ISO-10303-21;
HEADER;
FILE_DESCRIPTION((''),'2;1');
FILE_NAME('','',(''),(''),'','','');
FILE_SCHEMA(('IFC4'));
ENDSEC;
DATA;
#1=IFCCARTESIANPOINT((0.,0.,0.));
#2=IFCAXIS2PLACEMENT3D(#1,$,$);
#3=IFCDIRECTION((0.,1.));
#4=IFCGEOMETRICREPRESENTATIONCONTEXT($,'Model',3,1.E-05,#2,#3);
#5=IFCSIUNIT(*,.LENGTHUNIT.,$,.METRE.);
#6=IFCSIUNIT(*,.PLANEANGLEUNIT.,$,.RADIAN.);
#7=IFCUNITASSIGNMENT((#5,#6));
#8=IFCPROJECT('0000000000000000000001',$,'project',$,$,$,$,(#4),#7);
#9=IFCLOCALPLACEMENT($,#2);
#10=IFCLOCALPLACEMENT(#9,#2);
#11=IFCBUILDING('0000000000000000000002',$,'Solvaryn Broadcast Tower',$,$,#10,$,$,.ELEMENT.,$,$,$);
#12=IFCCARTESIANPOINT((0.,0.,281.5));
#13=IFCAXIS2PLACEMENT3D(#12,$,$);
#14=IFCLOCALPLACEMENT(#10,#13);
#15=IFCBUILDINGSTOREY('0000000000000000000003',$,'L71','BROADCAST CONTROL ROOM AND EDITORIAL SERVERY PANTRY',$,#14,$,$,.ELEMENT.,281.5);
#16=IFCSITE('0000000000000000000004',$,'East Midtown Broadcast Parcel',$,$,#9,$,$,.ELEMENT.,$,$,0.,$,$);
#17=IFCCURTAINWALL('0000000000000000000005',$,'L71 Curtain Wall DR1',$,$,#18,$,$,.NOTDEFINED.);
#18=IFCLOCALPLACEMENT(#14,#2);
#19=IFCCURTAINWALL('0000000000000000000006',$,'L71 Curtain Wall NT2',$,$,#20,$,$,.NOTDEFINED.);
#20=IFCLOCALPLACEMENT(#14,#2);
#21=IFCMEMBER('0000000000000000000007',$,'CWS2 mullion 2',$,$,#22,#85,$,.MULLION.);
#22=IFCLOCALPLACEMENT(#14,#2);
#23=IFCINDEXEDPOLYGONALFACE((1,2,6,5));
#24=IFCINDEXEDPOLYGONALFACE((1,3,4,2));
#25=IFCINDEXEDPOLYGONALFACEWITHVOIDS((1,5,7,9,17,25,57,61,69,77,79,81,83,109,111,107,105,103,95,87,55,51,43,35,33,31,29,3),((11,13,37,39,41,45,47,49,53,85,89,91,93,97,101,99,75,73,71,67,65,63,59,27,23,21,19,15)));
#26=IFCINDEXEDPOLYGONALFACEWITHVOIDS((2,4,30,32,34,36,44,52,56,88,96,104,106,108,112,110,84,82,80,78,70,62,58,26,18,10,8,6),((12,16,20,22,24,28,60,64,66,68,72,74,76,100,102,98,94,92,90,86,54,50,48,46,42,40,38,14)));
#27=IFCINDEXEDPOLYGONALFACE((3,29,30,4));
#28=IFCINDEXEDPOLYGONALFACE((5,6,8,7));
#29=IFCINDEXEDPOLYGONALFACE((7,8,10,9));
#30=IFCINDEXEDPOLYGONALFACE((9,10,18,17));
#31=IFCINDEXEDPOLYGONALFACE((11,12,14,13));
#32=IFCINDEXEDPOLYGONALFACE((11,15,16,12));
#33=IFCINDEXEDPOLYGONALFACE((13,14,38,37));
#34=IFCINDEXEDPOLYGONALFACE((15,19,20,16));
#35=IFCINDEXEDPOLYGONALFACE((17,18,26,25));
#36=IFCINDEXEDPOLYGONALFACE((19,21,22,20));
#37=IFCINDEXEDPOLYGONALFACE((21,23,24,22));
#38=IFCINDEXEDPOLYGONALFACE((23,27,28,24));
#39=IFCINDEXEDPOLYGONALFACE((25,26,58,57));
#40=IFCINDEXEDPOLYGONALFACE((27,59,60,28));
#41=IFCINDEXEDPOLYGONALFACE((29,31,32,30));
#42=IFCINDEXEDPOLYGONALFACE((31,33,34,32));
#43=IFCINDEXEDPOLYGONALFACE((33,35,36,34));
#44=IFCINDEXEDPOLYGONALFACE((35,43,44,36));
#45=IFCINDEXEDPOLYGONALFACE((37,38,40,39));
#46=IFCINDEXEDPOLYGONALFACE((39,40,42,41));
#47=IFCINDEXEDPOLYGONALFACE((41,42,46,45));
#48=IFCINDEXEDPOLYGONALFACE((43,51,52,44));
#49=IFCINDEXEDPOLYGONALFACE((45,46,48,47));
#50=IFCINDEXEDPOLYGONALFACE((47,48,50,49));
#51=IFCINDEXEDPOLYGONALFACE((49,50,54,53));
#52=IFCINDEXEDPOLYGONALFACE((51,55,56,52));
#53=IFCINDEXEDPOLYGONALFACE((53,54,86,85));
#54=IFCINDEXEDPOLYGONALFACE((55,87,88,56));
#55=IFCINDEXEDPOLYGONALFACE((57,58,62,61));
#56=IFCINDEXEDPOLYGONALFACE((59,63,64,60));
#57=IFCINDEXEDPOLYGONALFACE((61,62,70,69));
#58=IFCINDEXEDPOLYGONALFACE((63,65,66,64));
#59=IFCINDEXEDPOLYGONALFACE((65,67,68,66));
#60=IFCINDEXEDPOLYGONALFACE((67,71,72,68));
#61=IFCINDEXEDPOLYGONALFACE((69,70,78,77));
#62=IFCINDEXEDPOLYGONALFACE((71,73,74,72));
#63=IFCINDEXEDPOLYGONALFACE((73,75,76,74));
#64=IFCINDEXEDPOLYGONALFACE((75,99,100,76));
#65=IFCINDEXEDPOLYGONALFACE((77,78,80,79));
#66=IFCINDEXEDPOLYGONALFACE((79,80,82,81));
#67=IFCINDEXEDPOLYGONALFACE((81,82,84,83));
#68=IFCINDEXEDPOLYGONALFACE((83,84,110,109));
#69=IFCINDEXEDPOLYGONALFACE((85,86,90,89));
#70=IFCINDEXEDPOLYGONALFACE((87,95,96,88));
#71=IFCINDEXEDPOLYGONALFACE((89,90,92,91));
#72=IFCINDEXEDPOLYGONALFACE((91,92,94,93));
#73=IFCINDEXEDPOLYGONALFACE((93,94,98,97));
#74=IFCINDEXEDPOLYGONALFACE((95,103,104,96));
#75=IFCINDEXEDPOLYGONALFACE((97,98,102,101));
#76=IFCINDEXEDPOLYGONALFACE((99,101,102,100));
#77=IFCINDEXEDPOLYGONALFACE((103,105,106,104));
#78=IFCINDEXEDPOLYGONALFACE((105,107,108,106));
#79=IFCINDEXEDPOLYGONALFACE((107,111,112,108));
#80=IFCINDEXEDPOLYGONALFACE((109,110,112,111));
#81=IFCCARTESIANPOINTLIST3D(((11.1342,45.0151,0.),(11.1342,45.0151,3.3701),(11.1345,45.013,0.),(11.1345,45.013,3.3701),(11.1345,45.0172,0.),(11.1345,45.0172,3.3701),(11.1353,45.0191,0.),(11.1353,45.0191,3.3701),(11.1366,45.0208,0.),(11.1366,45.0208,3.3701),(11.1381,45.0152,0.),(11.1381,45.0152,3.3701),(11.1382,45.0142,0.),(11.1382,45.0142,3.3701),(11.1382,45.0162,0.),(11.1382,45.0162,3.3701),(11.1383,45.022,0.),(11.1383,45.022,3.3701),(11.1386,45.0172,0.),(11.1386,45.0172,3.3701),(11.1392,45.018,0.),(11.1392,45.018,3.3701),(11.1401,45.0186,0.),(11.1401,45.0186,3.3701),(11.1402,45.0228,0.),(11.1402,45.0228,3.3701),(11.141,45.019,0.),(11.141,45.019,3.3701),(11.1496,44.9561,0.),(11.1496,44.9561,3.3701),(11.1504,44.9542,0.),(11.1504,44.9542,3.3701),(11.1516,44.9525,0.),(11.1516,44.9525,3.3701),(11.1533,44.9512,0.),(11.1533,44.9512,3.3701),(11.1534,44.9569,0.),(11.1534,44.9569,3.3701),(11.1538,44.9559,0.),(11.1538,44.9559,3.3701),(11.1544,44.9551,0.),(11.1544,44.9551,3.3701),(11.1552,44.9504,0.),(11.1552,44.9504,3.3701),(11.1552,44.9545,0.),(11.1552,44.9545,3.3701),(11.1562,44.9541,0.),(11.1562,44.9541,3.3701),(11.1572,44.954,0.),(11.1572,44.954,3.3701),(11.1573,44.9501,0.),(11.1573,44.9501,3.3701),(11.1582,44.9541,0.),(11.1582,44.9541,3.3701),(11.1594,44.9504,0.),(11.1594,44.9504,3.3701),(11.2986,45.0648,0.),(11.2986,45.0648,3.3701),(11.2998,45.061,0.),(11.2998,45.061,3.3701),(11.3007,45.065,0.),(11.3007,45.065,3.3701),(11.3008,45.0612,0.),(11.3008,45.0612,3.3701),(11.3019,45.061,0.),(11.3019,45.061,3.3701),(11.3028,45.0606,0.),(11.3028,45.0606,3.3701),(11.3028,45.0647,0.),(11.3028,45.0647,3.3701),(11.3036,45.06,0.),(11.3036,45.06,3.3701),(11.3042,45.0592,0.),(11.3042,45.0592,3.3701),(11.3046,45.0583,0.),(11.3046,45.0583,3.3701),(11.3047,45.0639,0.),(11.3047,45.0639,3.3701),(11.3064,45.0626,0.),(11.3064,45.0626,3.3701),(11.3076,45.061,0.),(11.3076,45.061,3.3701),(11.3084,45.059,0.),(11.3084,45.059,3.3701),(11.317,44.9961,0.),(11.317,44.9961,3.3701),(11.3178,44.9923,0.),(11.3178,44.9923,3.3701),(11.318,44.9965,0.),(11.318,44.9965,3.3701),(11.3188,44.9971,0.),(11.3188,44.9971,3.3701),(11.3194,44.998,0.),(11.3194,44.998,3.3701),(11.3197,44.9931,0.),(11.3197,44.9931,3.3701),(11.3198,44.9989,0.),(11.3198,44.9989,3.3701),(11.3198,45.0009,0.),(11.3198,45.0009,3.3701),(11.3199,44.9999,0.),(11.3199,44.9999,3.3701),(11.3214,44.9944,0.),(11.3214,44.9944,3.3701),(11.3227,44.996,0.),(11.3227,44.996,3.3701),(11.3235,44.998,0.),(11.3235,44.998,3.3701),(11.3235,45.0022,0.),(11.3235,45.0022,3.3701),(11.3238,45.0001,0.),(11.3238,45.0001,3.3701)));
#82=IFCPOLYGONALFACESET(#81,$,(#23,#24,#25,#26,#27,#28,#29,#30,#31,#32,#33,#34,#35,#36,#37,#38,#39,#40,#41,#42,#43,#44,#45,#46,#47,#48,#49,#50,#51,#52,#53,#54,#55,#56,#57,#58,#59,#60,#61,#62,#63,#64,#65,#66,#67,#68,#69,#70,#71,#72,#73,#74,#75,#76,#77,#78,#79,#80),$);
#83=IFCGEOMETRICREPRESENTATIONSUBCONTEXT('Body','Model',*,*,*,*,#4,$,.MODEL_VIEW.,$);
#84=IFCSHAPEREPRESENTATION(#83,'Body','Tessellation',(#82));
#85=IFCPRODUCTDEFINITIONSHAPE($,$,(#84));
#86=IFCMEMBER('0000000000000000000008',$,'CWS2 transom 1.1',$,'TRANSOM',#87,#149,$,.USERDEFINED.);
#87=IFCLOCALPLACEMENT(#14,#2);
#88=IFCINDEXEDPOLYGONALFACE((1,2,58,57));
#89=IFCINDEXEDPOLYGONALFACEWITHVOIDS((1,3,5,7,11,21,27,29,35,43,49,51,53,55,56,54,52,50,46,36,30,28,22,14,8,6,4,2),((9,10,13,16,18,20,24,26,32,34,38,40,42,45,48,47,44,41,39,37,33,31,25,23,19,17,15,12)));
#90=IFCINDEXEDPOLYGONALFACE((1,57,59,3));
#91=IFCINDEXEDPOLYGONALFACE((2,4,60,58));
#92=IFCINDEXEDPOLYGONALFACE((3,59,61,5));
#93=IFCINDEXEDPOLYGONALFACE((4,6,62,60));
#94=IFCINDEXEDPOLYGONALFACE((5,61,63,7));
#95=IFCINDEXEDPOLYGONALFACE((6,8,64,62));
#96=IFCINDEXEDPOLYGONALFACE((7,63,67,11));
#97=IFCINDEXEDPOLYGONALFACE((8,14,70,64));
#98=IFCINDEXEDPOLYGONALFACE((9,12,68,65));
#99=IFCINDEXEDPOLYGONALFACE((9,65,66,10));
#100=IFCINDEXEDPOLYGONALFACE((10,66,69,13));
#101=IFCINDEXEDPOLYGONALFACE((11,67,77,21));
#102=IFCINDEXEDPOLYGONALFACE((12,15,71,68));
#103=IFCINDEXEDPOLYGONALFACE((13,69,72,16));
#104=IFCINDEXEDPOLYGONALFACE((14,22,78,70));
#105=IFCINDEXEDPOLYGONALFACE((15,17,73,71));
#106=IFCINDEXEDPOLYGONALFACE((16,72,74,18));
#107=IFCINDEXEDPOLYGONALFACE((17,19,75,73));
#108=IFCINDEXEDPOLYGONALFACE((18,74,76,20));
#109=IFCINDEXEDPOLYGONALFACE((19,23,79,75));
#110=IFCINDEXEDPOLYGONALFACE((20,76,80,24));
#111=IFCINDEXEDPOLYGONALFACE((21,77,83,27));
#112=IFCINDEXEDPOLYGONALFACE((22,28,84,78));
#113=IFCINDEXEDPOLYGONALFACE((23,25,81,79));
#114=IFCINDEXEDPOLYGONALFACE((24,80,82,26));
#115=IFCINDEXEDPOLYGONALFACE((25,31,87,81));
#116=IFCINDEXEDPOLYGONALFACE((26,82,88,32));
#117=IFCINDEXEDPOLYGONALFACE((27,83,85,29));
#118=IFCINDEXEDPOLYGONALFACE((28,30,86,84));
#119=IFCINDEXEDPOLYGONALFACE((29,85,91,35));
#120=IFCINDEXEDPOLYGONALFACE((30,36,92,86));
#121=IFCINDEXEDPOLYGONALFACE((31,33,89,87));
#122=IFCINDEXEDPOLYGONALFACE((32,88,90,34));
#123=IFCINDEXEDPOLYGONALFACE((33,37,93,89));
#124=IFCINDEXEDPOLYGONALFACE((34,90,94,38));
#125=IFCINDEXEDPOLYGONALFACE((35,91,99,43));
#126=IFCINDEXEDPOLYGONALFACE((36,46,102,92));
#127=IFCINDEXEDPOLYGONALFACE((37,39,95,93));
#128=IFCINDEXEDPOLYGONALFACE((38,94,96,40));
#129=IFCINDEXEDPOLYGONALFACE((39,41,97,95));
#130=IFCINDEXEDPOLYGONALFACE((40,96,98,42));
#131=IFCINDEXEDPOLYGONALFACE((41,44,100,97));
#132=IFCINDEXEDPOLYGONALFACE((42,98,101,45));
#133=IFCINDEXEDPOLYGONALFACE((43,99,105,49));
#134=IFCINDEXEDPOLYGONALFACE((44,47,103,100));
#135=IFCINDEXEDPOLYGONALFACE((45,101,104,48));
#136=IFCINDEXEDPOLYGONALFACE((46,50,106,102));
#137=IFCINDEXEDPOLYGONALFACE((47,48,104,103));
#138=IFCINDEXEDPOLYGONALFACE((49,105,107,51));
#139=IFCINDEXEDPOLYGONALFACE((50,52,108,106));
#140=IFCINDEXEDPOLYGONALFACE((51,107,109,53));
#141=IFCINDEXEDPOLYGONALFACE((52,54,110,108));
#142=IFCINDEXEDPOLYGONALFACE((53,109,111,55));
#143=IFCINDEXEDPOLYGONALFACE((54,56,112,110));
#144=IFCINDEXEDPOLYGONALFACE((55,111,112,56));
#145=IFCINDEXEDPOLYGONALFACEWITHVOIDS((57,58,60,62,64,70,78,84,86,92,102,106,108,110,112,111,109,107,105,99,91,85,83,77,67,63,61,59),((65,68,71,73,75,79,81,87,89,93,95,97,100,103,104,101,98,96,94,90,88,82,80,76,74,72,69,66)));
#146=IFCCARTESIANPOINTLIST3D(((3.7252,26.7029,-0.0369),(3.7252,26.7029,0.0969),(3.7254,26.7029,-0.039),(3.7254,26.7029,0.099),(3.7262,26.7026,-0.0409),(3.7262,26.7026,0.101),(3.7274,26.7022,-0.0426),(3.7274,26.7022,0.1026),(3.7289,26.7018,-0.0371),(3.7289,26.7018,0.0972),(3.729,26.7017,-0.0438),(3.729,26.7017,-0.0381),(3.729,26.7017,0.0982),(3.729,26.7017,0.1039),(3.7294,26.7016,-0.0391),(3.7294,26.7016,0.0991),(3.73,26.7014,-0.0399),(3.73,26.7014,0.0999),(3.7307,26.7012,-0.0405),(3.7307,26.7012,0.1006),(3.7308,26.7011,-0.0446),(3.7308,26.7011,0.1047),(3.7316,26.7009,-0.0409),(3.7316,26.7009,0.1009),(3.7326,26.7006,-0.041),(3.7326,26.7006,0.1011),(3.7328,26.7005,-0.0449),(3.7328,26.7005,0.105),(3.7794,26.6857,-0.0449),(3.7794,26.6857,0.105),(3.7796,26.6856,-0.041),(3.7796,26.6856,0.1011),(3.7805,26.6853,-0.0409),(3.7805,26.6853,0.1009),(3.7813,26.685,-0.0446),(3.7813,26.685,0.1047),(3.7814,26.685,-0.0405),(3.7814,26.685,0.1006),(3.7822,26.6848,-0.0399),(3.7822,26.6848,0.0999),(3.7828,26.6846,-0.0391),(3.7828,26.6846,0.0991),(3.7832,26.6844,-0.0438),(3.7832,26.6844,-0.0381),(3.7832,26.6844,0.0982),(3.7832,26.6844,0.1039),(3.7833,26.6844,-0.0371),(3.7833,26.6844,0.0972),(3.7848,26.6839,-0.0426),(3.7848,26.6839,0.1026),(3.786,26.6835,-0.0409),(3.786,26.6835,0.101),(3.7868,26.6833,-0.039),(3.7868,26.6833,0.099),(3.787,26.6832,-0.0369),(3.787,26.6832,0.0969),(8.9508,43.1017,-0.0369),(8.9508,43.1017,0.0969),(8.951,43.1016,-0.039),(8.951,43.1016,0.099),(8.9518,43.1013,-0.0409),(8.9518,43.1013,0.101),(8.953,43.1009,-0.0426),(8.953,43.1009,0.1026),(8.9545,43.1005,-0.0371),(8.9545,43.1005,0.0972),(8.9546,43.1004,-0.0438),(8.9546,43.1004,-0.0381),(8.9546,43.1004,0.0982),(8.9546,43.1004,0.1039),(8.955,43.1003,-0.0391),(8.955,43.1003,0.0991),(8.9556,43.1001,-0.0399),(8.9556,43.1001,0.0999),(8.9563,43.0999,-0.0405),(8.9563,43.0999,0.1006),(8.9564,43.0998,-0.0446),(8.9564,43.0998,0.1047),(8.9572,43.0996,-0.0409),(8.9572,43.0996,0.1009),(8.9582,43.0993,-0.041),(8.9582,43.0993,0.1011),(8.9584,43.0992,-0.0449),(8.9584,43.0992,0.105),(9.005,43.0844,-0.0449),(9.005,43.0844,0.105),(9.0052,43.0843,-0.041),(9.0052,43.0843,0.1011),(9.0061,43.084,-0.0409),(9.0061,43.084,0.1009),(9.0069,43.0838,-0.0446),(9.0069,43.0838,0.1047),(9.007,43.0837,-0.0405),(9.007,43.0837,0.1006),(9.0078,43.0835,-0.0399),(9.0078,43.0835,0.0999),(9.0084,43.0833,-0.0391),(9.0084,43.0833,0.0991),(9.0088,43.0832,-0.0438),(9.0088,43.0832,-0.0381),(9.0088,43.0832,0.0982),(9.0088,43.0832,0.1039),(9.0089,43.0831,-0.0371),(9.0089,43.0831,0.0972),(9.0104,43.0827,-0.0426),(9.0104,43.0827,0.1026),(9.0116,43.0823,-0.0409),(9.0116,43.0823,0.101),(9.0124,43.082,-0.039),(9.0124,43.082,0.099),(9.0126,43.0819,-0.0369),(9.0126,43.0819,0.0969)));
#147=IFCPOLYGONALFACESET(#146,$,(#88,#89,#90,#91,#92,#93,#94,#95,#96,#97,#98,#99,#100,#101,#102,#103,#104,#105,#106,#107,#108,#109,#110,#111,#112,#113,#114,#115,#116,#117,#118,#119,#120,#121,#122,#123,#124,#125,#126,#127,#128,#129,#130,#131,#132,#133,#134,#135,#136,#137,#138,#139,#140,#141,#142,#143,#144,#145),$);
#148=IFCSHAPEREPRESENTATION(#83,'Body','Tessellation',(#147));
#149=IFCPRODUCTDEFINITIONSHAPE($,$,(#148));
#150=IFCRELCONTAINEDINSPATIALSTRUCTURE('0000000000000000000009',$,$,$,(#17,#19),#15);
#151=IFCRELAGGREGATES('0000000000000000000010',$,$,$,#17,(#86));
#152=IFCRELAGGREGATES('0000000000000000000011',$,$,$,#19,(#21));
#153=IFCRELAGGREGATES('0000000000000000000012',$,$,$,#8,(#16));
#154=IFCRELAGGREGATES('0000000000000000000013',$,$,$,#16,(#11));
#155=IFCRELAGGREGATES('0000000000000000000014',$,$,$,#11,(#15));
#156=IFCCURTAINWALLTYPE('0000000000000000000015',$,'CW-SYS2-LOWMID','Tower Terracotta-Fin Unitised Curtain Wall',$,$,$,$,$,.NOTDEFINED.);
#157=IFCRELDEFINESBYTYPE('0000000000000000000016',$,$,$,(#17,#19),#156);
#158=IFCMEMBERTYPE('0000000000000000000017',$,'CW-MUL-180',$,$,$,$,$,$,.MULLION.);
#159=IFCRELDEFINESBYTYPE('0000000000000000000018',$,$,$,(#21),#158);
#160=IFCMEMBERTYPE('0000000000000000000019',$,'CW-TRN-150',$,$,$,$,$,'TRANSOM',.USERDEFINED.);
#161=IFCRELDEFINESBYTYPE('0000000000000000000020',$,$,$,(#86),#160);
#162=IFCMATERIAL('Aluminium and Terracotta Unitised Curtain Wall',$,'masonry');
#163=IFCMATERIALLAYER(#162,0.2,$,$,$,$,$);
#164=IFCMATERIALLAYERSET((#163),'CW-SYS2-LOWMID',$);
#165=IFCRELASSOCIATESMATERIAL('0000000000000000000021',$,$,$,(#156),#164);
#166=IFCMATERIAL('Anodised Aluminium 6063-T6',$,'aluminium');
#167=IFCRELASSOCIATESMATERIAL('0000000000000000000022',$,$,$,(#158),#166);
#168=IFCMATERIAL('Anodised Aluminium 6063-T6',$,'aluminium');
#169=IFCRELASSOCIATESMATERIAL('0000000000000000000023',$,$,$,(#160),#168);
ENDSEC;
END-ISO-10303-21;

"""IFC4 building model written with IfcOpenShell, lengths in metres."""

from ifc_helpers import new_model, si_unit, direction, frame, origin, origin_2d, place, context, subcontext, project, spatial, hollow_rectangle, extrude, material, layer, layer_set, material_profile, profile_set, type_object, element, aggregate, save


model = new_model("IFC4")

# Units and contexts
model_context = context("Model", 3, precision=1e-05, world=origin(), true_north=direction((0.0, 1.0)))
body_context = subcontext(model_context, "Body", "Model", "MODEL_VIEW")
ifc_project = project(units=[si_unit("LENGTHUNIT", "METRE"), si_unit("PLANEANGLEUNIT", "RADIAN")], contexts=[model_context])

# Site, building, storey
site_placement = place(None, origin())
site = spatial("IfcSite", under=ifc_project, at=site_placement, Name="East Midtown Broadcast Parcel", CompositionType="ELEMENT", RefElevation=0.0)
building_placement = place(site_placement, origin())
building = spatial("IfcBuilding", under=site, at=building_placement, Name="Solvaryn Broadcast Tower", CompositionType="ELEMENT")
storey_placement = place(building_placement, frame((0.0, 0.0, 281.5)))
storey = spatial("IfcBuildingStorey", under=building, at=storey_placement, Name="L71", Description="BROADCAST CONTROL ROOM AND EDITORIAL SERVERY PANTRY", CompositionType="ELEMENT", Elevation=281.5)

# Curtain wall
ifc_material_1 = material(Name="Aluminium and Terracotta Unitised Curtain Wall", Category="masonry")
ifc_layer_1 = layer(ifc_material_1, 0.2)
ifc_layer_set_1 = layer_set([ifc_layer_1], Name="CW-SYS2-LOWMID")
curtain_wall_type = type_object("IfcCurtainWallType", Name="CW-SYS2-LOWMID", Description="Tower Terracotta-Fin Unitised Curtain Wall", PredefinedType="NOTDEFINED", material=ifc_layer_set_1)
curtain_wall_1_placement = place(storey_placement, origin())
curtain_wall_1 = element("IfcCurtainWall", 1, at=curtain_wall_1_placement, inside=storey, type_object=curtain_wall_type, Name="L71 Curtain Wall DR1", PredefinedType="NOTDEFINED")
ifc_material_2 = material(Name="Anodised Aluminium 6063-T6", Category="aluminium")
ifc_material_profile_1 = material_profile(ifc_material_2, hollow_rectangle(XDim=0.075, YDim=0.1799, WallThickness=0.0039, InnerFilletRadius=0.0039, OuterFilletRadius=0.0081, at=origin_2d()))
ifc_profile_set_1 = profile_set([ifc_material_profile_1], Name="Anodised Aluminium 6063-T6")
member_type_1 = type_object("IfcMemberType", Name="CW-MUL-180", PredefinedType="MULLION", material=ifc_profile_set_1)

# Curtain wall, member
curtain_wall_2_placement = place(storey_placement, origin())
curtain_wall_2 = element("IfcCurtainWall", 2, at=curtain_wall_2_placement, inside=storey, type_object=curtain_wall_type, Name="L71 Curtain Wall NT2", PredefinedType="NOTDEFINED")
member_1_placement = place(storey_placement, frame((11.229, 45.0076, 0.0), z_axis=(0.0, 0.0, 1.0), x_axis=(0.255893, -0.966705, 0.0)))
member_1 = element("IfcMember", 3, at=member_1_placement, type_object=member_type_1, Name="CWS2 mullion 2", PredefinedType="MULLION", context=body_context, shape_type="SweptSolid", body=[
    extrude(hollow_rectangle(XDim=0.075, YDim=0.1799, WallThickness=0.0039, InnerFilletRadius=0.0039, OuterFilletRadius=0.0081, at=origin_2d()), origin(), (0.0, 0.0, 1.0), 3.3701),
])

# Member
ifc_material_3 = material(Name="Anodised Aluminium 6063-T6", Category="aluminium")
ifc_material_profile_2 = material_profile(ifc_material_3, hollow_rectangle(XDim=0.0649, YDim=0.1499, WallThickness=0.0039, InnerFilletRadius=0.0039, OuterFilletRadius=0.0081, at=origin_2d()))
ifc_profile_set_2 = profile_set([ifc_material_profile_2], Name="Anodised Aluminium 6063-T6")
member_type_2 = type_object("IfcMemberType", Name="CW-TRN-150", ElementType="TRANSOM", PredefinedType="USERDEFINED", material=ifc_profile_set_2)
member_2_placement = place(storey_placement, frame((8.9817, 43.0918, 0.03), z_axis=(-0.303616, -0.952794, 0.0), x_axis=(0.952794, -0.303616, 0.0)))
member_2 = element("IfcMember", 4, at=member_2_placement, type_object=member_type_2, Name="CWS2 transom 1.1", ObjectType="TRANSOM", PredefinedType="USERDEFINED", context=body_context, shape_type="SweptSolid", body=[
    extrude(hollow_rectangle(XDim=0.0649, YDim=0.1499, WallThickness=0.0039, InnerFilletRadius=0.0039, OuterFilletRadius=0.0081, at=origin_2d()), origin(), (0.0, 0.0, 1.0), 17.2112),
])
aggregate(curtain_wall_1, [member_2])

aggregate(curtain_wall_2, [member_1])

save(model, "model.ifc")
